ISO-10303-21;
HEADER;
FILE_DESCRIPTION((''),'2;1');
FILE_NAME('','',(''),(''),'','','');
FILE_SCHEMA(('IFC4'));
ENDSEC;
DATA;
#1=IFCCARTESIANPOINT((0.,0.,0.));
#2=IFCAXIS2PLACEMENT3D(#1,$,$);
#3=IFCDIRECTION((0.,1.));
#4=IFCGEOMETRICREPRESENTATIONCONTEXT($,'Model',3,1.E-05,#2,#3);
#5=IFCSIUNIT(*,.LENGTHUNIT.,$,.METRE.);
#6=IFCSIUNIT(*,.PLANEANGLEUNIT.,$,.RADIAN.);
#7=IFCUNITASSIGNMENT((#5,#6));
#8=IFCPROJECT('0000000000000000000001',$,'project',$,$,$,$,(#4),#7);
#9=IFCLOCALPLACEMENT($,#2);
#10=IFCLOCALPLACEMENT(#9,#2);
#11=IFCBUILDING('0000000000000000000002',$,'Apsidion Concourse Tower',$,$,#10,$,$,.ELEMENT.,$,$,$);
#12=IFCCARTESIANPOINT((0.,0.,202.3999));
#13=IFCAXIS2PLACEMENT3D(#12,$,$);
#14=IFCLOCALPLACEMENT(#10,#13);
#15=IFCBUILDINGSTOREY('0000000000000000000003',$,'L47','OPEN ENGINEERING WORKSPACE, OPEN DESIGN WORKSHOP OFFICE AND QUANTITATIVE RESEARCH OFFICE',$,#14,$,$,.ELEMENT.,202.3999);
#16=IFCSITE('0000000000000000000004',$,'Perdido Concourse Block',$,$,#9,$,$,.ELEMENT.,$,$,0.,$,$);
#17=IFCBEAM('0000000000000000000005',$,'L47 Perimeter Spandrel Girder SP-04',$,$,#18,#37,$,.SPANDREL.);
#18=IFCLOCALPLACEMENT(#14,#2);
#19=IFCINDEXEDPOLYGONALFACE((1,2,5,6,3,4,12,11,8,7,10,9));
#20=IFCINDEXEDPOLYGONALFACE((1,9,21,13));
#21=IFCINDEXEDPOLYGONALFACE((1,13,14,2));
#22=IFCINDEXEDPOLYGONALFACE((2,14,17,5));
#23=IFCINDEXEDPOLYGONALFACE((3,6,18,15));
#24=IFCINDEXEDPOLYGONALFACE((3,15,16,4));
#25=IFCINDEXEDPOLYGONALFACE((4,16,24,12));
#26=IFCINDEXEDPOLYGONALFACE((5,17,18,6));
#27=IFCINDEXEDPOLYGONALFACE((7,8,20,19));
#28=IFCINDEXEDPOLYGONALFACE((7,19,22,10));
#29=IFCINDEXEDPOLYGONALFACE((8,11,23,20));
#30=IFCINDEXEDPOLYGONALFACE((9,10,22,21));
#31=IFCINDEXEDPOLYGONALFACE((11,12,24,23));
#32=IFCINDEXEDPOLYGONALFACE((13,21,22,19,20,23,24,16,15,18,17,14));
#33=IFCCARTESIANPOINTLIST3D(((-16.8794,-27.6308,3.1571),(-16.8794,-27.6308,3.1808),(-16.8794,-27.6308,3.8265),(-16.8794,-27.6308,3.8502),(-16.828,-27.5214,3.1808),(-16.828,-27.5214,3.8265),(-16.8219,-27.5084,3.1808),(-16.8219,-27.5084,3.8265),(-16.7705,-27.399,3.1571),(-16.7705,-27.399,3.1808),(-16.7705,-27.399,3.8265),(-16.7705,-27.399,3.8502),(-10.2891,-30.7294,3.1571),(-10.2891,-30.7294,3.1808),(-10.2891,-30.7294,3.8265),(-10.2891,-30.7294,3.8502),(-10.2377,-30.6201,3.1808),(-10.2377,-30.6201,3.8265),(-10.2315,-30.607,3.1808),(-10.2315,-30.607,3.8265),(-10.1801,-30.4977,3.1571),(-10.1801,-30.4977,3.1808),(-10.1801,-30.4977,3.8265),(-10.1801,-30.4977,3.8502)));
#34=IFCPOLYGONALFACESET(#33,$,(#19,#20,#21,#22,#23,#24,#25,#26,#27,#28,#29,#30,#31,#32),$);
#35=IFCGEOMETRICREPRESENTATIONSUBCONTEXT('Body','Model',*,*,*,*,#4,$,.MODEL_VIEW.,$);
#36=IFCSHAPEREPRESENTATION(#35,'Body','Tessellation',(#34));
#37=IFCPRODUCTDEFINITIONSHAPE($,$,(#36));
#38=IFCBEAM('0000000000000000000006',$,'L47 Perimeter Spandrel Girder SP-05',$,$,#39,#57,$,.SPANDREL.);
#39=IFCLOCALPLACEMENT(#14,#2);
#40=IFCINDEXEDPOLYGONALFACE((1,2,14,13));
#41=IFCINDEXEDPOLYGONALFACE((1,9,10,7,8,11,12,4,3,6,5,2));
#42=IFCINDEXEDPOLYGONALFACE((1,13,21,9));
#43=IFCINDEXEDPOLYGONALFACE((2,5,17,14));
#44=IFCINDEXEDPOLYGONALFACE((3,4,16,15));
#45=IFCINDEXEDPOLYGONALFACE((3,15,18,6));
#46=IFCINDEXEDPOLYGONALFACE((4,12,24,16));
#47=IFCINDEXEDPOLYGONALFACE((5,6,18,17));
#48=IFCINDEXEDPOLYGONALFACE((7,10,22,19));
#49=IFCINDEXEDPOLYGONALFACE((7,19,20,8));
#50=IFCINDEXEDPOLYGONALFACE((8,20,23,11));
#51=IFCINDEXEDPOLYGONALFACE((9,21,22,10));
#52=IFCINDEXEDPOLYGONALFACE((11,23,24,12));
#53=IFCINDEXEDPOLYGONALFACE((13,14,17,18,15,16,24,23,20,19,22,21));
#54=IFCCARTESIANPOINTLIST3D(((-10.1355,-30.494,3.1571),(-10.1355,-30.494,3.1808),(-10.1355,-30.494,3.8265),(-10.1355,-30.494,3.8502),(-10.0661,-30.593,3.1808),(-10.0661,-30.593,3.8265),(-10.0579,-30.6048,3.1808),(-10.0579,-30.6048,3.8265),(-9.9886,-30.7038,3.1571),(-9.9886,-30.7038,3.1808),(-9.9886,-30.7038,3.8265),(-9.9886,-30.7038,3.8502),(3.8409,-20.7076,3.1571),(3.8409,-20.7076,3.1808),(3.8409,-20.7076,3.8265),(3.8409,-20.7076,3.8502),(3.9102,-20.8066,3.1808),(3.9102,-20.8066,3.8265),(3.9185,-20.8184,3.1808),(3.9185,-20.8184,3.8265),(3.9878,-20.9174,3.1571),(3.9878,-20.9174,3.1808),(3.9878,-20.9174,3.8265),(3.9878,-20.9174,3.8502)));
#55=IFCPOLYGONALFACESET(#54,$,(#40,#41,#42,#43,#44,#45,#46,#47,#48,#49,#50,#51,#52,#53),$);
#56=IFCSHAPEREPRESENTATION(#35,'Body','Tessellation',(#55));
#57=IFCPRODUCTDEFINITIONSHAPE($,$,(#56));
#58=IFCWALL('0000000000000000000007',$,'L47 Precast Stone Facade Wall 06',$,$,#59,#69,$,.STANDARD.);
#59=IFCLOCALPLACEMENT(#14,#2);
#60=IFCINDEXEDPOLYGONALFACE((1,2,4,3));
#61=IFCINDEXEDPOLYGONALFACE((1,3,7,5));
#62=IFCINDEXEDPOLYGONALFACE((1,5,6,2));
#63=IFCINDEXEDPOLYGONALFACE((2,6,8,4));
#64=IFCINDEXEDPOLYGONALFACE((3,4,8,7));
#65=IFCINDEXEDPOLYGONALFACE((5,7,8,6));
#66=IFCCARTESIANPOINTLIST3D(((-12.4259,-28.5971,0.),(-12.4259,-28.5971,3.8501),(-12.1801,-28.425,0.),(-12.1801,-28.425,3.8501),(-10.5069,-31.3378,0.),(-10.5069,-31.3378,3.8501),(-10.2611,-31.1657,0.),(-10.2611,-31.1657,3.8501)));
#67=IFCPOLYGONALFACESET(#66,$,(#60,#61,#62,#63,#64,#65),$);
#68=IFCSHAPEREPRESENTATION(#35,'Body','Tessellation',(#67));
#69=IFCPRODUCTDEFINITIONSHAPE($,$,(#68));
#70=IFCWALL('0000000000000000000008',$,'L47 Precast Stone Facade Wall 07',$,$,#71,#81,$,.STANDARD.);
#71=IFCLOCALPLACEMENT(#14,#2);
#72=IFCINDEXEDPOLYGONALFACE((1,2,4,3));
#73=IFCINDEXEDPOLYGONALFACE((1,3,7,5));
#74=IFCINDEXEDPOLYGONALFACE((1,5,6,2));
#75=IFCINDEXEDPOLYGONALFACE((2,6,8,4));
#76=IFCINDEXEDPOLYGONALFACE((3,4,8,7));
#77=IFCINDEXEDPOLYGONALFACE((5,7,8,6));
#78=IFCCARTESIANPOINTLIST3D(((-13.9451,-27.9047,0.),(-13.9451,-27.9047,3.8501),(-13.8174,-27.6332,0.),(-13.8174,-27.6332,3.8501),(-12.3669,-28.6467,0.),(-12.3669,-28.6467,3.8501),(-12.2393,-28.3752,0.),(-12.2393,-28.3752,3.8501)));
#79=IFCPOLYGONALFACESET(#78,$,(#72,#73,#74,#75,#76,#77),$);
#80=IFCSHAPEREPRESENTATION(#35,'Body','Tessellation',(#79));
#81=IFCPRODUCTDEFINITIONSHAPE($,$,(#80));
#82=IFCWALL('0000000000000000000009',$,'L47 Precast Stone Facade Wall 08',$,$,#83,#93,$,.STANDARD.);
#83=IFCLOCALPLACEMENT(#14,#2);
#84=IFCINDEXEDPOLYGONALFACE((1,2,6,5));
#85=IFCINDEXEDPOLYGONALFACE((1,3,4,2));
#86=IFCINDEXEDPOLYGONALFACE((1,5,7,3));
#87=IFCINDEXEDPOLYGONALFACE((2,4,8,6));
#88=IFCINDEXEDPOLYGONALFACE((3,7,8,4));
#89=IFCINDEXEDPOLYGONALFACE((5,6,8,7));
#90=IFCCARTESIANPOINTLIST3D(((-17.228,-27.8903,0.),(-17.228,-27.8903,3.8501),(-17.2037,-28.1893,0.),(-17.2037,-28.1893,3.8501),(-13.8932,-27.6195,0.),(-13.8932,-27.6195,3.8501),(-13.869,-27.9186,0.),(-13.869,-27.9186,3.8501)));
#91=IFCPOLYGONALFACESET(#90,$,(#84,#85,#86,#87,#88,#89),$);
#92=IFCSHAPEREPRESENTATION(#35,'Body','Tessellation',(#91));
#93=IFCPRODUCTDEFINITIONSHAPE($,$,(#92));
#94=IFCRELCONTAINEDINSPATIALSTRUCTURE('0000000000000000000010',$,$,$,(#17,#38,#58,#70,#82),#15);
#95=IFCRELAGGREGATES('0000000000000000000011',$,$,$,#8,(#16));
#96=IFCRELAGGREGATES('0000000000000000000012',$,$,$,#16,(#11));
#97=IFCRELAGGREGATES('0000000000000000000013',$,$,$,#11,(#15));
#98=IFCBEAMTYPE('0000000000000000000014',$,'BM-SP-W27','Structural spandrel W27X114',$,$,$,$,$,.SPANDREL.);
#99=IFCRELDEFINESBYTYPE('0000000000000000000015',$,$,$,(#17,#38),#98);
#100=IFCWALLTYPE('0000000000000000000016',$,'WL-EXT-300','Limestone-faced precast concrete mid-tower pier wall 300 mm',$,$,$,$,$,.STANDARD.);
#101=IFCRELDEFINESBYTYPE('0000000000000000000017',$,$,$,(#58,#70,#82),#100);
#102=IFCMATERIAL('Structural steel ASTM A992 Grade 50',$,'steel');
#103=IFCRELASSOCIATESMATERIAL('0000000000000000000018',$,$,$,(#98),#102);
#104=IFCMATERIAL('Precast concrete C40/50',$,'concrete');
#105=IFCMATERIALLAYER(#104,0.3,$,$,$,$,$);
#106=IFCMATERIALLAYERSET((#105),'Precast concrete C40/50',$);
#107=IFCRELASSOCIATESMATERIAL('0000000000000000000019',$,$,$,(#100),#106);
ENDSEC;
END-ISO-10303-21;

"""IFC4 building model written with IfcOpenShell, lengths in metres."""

from ifc_helpers import new_model, si_unit, direction, frame, frame_2d, origin, origin_2d, place, context, subcontext, project, spatial, rectangle, i_section, extrude, material, layer, layer_set, material_profile, profile_set, type_object, element, save


model = new_model("IFC4")

# Units and contexts
model_context = context("Model", 3, precision=1e-05, world=origin(), true_north=direction((0.0, 1.0)))
body_context = subcontext(model_context, "Body", "Model", "MODEL_VIEW")
ifc_project = project(units=[si_unit("LENGTHUNIT", "METRE"), si_unit("PLANEANGLEUNIT", "RADIAN")], contexts=[model_context])

# Site, building, storey
site_placement = place(None, origin())
site = spatial("IfcSite", under=ifc_project, at=site_placement, Name="Perdido Concourse Block", CompositionType="ELEMENT", RefElevation=0.0)
building_placement = place(site_placement, origin())
building = spatial("IfcBuilding", under=site, at=building_placement, Name="Apsidion Concourse Tower", CompositionType="ELEMENT")
storey_placement = place(building_placement, frame((0.0, 0.0, 202.3999)))
storey = spatial("IfcBuildingStorey", under=building, at=storey_placement, Name="L47", Description="OPEN ENGINEERING WORKSPACE, OPEN DESIGN WORKSHOP OFFICE AND QUANTITATIVE RESEARCH OFFICE", CompositionType="ELEMENT", Elevation=202.3999)

# Shared definitions
ifc_material_1 = material(Name="Structural steel ASTM A992 Grade 50", Category="steel")

# Beams
ifc_material_profile_1 = material_profile(ifc_material_1, i_section(OverallWidth=0.2561, OverallDepth=0.6931, WebThickness=0.0144, FlangeThickness=0.0237, at=origin_2d()), Name="W27X114")
ifc_profile_set_1 = profile_set([ifc_material_profile_1], Name="Structural steel ASTM A992 Grade 50")
beam_type_1 = type_object("IfcBeamType", Name="BM-SP-W27", Description="Structural spandrel W27X114", PredefinedType="SPANDREL", material=ifc_profile_set_1)
beam_1_placement = place(storey_placement, frame((-16.825, -27.5149, 3.5037), z_axis=(0.904961, -0.425493, 0.0), x_axis=(0.425493, 0.904961, 0.0)))
element("IfcBeam", 1, at=beam_1_placement, inside=storey, type_object=beam_type_1, Name="L47 Perimeter Spandrel Girder SP-04", PredefinedType="SPANDREL", context=body_context, shape_type="SweptSolid", body=[
    extrude(i_section(OverallWidth=0.2561, OverallDepth=0.6931, WebThickness=0.0144, FlangeThickness=0.0237, at=origin_2d()), origin(), (0.0, 0.0, 1.0), 7.2825),
])
beam_2_placement = place(storey_placement, frame((-10.062, -30.5989, 3.5037), z_axis=(0.819151, 0.573579, 0.0), x_axis=(-0.573579, 0.819151, 0.0)))
element("IfcBeam", 2, at=beam_2_placement, inside=storey, type_object=beam_type_1, Name="L47 Perimeter Spandrel Girder SP-05", PredefinedType="SPANDREL", context=body_context, shape_type="SweptSolid", body=[
    extrude(i_section(OverallWidth=0.2561, OverallDepth=0.6931, WebThickness=0.0144, FlangeThickness=0.0237, at=origin_2d()), origin(), (0.0, 0.0, 1.0), 17.062),
])

# Walls
ifc_material_2 = material(Name="Precast concrete C40/50", Category="concrete")
ifc_layer_1 = layer(ifc_material_2, 0.3)
ifc_layer_set_1 = layer_set([ifc_layer_1], Name="Precast concrete C40/50")
wall_type_1 = type_object("IfcWallType", Name="WL-EXT-300", Description="Limestone-faced precast concrete mid-tower pier wall 300 mm", PredefinedType="STANDARD", material=ifc_layer_set_1)
wall_1_placement = place(storey_placement, frame((-10.384, -31.2517, 0.0), z_axis=(0.0, 0.0, 1.0), x_axis=(-0.57355, 0.81917, 0.0)))
element("IfcWall", 3, at=wall_1_placement, inside=storey, type_object=wall_type_1, Name="L47 Precast Stone Facade Wall 06", PredefinedType="STANDARD", context=body_context, shape_type="SweptSolid", body=[
    extrude(rectangle(XDim=3.3457, YDim=0.3, at=frame_2d((1.6729, 0.0))), origin(), (0.0, 0.0, 1.0), 3.8501),
])
wall_2_placement = place(storey_placement, frame((-12.303, -28.511, 0.0), z_axis=(0.0, 0.0, 1.0), x_axis=(-0.904974, 0.425467, 0.0)))
element("IfcWall", 4, at=wall_2_placement, inside=storey, type_object=wall_type_1, Name="L47 Precast Stone Facade Wall 07", PredefinedType="STANDARD", context=body_context, shape_type="SweptSolid", body=[
    extrude(rectangle(XDim=1.7439, YDim=0.3, at=frame_2d((0.8721, 0.0))), origin(), (0.0, 0.0, 1.0), 3.8501),
])
wall_3_placement = place(storey_placement, frame((-13.8811, -27.769, 0.0), z_axis=(0.0, 0.0, 1.0), x_axis=(-0.99672, -0.080926, 0.0)))
element("IfcWall", 5, at=wall_3_placement, inside=storey, type_object=wall_type_1, Name="L47 Precast Stone Facade Wall 08", PredefinedType="STANDARD", context=body_context, shape_type="SweptSolid", body=[
    extrude(rectangle(XDim=3.3457, YDim=0.3, at=frame_2d((1.6729, 0.0))), origin(), (0.0, 0.0, 1.0), 3.8501),
])

save(model, "model.ifc")
